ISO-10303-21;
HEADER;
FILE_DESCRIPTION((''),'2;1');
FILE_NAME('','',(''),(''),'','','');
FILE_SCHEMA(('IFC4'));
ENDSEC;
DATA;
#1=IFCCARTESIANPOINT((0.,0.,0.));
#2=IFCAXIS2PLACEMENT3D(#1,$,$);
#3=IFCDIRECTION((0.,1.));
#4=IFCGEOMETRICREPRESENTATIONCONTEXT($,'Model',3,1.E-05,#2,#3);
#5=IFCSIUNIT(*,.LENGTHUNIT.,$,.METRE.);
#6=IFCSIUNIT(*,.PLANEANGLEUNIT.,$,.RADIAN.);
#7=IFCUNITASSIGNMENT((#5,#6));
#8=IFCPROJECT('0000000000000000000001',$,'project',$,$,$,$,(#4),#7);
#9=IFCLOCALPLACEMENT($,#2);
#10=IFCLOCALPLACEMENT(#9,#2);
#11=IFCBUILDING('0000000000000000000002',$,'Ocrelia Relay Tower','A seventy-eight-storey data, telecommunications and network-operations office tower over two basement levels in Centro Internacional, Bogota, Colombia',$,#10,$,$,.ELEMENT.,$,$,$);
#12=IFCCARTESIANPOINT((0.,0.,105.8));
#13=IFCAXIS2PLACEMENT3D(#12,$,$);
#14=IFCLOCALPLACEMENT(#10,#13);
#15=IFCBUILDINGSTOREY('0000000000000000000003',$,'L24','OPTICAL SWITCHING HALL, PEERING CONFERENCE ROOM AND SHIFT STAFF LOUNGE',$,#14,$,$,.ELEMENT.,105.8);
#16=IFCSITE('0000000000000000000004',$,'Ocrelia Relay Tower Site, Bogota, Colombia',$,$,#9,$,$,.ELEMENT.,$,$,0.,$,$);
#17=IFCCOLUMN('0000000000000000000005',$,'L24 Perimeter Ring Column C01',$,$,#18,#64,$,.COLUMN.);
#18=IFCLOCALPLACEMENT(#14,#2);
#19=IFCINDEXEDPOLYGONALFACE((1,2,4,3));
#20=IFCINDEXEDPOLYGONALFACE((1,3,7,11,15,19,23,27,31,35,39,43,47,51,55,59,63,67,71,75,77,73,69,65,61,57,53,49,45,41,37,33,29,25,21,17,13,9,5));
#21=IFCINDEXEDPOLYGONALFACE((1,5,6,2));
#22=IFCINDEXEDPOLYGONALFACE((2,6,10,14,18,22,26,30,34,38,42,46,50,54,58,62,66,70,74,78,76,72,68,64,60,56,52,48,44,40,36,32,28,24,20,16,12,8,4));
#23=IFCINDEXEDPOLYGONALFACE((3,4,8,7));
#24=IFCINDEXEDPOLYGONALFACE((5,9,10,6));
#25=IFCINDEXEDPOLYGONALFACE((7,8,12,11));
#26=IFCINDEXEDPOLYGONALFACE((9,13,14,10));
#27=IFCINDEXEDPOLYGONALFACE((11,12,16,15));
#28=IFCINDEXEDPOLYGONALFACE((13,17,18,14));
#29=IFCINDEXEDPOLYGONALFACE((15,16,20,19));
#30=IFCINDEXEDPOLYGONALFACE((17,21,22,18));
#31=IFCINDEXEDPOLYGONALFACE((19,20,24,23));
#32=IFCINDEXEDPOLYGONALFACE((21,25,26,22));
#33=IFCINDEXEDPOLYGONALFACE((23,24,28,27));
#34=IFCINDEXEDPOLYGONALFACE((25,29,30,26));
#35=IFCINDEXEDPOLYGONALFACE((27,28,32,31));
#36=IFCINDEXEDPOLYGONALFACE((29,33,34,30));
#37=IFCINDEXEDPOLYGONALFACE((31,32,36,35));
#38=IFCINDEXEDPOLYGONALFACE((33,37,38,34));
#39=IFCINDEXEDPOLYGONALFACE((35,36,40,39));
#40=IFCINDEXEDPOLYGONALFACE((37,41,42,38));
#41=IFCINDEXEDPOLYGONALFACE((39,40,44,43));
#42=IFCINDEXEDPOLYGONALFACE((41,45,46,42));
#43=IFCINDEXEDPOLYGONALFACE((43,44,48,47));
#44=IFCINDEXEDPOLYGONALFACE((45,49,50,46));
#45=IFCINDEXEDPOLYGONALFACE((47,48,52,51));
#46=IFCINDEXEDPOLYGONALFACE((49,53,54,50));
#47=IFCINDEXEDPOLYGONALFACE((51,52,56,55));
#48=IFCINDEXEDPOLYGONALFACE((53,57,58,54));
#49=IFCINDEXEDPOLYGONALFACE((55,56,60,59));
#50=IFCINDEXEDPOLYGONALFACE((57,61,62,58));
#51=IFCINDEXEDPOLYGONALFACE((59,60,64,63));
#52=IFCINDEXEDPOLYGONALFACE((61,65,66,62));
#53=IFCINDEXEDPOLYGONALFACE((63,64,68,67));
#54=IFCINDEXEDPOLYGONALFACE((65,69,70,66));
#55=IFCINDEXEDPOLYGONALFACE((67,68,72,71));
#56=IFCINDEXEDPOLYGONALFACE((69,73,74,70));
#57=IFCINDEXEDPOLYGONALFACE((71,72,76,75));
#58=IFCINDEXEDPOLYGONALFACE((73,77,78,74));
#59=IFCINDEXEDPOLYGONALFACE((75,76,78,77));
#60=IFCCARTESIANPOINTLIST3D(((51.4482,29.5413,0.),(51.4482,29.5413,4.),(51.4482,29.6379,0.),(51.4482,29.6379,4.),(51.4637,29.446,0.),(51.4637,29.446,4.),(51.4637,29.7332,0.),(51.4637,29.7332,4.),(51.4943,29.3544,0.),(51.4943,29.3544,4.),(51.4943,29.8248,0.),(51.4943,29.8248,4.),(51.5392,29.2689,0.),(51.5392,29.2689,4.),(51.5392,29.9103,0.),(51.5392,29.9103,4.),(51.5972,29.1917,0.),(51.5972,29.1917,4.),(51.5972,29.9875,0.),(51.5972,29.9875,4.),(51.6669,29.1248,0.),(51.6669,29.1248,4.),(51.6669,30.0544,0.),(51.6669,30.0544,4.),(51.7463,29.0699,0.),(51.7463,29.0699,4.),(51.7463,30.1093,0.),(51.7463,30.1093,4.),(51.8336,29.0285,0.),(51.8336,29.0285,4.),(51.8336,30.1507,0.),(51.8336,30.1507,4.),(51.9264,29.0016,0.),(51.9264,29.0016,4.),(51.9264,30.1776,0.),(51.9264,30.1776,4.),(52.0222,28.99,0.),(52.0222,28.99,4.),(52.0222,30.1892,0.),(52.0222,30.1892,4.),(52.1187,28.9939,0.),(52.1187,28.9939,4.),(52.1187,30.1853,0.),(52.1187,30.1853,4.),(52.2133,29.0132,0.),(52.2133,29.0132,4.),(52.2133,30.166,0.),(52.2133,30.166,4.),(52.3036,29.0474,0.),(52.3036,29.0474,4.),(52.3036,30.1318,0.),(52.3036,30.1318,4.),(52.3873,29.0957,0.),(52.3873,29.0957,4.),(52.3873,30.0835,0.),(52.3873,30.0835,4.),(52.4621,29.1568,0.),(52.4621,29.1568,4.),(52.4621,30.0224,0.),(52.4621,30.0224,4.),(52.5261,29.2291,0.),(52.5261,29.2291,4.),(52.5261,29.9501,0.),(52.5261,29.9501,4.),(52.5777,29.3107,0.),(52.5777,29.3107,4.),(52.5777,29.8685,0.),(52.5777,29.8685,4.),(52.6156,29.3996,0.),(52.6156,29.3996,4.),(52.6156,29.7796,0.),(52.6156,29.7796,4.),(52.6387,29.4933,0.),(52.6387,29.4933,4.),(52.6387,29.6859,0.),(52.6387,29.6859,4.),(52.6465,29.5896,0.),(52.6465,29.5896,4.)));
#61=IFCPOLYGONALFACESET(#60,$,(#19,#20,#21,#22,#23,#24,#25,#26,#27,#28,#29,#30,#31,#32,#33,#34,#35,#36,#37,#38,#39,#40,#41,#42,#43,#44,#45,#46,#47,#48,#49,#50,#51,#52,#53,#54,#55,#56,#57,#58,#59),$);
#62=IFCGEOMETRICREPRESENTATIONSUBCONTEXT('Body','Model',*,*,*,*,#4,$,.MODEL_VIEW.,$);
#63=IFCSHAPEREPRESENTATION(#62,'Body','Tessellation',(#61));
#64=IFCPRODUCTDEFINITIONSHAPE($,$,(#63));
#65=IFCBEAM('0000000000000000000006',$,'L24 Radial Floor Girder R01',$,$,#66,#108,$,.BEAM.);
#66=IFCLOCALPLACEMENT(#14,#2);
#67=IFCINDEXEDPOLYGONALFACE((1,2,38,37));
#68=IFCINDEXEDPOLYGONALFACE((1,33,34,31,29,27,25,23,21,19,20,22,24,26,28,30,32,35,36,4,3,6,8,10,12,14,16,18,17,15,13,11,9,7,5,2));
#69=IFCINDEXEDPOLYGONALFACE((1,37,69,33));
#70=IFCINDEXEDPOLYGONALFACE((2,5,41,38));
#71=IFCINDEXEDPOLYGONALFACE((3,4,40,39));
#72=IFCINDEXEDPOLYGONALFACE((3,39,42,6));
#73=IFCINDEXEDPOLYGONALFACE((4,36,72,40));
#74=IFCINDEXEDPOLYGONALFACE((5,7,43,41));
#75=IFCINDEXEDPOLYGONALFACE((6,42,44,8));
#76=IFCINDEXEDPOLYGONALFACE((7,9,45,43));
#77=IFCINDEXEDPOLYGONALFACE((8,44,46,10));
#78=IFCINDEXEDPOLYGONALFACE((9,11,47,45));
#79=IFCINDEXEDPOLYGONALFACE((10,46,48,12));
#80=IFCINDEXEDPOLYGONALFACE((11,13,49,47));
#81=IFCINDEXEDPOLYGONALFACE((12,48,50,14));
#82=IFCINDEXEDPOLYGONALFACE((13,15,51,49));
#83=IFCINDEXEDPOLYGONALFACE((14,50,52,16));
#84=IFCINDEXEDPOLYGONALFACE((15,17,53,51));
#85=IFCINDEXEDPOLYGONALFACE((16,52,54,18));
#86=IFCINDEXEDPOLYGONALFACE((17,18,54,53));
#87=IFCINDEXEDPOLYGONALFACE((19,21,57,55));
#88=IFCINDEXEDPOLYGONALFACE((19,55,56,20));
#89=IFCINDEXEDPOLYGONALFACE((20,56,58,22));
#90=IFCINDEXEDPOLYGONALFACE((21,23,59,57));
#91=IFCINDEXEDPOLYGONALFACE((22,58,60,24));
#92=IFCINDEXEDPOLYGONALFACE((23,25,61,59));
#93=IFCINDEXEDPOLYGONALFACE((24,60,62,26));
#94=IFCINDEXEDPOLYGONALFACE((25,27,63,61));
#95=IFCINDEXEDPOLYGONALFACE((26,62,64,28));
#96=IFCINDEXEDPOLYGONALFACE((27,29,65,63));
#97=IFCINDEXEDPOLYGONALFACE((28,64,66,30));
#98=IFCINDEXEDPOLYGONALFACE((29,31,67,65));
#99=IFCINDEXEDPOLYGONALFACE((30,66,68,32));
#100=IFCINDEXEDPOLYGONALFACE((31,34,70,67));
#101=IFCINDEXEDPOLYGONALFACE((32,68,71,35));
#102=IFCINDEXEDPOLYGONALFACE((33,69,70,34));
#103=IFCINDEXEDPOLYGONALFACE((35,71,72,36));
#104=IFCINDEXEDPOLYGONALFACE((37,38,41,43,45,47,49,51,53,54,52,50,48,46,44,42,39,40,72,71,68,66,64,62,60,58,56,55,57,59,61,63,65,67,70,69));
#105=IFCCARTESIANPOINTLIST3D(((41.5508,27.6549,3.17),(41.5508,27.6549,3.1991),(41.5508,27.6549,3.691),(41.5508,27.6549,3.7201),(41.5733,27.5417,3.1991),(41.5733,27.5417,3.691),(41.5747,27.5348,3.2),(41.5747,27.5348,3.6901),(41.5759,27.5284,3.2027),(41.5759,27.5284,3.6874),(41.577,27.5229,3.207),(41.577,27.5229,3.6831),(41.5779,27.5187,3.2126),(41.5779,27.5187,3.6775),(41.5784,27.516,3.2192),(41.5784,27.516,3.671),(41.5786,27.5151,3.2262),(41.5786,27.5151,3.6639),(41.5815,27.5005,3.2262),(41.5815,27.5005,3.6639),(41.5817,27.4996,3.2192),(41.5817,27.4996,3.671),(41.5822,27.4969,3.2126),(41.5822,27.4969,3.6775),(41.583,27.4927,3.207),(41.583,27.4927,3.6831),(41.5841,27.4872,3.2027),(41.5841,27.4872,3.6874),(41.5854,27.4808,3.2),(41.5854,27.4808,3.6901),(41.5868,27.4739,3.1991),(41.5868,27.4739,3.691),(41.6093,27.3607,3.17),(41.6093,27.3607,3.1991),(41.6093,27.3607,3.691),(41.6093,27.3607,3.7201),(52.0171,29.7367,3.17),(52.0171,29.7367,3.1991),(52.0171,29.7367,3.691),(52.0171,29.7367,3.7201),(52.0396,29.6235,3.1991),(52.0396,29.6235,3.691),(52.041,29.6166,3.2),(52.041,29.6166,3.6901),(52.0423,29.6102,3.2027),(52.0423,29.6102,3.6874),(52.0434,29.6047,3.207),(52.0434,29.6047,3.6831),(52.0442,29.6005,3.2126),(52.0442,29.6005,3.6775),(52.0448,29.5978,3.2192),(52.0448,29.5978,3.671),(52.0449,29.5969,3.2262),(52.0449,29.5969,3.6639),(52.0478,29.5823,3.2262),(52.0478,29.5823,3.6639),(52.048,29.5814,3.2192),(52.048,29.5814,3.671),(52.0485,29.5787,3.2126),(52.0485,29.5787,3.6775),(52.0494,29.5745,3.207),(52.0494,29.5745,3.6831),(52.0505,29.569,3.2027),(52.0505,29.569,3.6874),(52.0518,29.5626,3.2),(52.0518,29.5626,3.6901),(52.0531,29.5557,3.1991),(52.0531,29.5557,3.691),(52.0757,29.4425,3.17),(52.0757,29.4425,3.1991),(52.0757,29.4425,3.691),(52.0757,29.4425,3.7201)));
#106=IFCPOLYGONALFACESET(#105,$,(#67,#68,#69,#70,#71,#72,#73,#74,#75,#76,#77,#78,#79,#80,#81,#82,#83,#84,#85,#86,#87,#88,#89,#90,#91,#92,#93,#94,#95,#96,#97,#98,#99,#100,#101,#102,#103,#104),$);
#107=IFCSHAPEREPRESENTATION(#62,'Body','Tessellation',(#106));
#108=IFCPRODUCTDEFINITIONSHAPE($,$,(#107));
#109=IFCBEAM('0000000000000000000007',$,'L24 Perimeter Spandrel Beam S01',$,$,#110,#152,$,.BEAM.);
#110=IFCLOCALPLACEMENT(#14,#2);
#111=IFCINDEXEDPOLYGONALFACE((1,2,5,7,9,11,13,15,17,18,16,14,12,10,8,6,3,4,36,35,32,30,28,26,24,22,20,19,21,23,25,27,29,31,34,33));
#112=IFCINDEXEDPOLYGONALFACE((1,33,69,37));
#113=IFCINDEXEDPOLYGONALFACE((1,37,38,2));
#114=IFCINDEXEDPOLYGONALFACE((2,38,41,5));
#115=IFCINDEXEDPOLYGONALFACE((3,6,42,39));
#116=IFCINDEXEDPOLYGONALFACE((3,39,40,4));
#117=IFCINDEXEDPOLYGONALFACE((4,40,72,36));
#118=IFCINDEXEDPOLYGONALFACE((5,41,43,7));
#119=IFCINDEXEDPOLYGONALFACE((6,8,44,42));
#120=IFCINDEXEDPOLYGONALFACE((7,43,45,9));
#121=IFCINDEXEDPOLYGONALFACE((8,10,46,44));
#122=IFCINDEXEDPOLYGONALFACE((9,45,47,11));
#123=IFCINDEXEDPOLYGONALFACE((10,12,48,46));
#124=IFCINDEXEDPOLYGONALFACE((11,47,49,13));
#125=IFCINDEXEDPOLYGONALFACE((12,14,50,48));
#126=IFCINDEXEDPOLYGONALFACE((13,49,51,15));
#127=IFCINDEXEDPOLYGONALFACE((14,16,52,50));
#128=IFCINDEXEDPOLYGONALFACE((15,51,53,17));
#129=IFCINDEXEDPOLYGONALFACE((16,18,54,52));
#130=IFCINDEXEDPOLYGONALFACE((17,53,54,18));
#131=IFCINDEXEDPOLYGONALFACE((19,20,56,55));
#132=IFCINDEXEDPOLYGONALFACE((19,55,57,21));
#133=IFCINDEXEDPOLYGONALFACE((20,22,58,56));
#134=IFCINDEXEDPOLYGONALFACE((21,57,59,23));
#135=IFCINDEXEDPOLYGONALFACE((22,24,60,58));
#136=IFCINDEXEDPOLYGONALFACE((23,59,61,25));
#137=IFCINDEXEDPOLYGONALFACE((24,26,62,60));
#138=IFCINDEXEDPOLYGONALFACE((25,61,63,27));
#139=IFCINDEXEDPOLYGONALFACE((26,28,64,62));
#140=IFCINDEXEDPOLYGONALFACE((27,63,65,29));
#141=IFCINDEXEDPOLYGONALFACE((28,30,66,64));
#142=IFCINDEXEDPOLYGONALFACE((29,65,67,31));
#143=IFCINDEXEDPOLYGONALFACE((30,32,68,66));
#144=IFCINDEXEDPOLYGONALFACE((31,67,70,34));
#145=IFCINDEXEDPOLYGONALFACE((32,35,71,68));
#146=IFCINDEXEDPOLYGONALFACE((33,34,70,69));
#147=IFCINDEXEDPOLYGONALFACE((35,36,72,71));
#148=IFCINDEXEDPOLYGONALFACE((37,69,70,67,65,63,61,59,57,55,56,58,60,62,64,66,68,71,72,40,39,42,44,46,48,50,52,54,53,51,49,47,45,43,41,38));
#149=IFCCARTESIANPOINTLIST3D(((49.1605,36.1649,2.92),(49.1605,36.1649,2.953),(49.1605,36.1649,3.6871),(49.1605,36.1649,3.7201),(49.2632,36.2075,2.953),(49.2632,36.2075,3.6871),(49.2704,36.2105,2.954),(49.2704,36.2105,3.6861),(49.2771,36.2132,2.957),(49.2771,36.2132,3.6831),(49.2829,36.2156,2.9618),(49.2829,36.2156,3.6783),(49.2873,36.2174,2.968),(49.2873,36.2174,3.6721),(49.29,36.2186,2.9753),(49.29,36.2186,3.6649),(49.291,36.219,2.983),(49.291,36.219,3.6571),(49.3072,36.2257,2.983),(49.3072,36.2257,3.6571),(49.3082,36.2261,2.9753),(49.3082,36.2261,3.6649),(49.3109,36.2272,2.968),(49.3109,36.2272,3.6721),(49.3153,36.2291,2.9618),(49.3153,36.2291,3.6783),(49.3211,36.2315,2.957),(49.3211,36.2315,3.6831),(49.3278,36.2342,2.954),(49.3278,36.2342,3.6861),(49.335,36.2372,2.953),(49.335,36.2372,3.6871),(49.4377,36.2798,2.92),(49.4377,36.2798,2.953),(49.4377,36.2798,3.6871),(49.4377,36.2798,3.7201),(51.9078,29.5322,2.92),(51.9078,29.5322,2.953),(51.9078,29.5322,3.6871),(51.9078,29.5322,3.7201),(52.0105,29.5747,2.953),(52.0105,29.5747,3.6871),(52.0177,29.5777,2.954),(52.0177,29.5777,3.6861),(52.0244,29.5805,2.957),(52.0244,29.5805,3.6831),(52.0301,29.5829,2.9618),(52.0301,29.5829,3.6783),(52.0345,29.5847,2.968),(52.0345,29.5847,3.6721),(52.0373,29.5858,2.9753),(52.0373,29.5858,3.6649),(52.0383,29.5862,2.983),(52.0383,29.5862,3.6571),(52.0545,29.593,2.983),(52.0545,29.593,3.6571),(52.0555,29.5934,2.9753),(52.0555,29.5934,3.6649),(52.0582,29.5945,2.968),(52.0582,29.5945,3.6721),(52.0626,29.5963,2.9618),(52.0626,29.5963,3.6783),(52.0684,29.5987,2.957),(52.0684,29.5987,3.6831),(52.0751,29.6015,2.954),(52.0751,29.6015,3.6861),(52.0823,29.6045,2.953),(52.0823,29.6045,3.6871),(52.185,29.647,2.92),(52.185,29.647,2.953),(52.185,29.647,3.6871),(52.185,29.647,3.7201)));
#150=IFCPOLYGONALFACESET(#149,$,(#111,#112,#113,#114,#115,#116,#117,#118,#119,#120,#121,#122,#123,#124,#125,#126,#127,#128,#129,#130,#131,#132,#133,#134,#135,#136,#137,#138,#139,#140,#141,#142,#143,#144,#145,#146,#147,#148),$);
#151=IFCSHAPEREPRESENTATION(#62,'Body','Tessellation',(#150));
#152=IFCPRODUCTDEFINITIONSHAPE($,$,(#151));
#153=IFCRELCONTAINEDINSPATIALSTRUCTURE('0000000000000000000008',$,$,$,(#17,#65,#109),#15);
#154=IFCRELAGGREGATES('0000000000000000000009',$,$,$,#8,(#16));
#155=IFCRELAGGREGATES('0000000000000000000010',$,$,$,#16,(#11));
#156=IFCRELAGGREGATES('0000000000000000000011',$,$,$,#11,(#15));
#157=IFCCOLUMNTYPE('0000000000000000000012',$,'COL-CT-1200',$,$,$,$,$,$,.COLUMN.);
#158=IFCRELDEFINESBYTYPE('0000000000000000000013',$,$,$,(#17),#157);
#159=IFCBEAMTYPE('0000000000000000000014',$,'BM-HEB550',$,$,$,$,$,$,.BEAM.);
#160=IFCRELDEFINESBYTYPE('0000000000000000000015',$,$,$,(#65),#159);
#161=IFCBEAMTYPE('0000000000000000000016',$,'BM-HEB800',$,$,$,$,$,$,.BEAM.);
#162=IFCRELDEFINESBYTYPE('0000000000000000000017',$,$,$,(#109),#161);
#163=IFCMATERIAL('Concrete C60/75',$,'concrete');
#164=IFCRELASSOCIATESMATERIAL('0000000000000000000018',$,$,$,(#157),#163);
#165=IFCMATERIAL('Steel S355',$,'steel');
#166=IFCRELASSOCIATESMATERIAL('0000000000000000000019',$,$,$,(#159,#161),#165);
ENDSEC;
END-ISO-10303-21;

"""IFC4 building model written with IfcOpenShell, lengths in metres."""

from ifc_helpers import new_model, si_unit, direction, frame, origin, origin_2d, place, context, subcontext, project, spatial, circle, i_section, extrude, material, material_profile, profile_set, type_object, element, save


model = new_model("IFC4")

# Units and contexts
model_context = context("Model", 3, precision=1e-05, world=origin(), true_north=direction((0.0, 1.0)))
body_context = subcontext(model_context, "Body", "Model", "MODEL_VIEW")
ifc_project = project(units=[si_unit("LENGTHUNIT", "METRE"), si_unit("PLANEANGLEUNIT", "RADIAN")], contexts=[model_context])

# Site, building, storey
site_placement = place(None, origin())
site = spatial("IfcSite", under=ifc_project, at=site_placement, Name="Ocrelia Relay Tower Site, Bogota, Colombia", CompositionType="ELEMENT", RefElevation=0.0)
building_placement = place(site_placement, origin())
building = spatial("IfcBuilding", under=site, at=building_placement, Name="Ocrelia Relay Tower", Description="A seventy-eight-storey data, telecommunications and network-operations office tower over two basement levels in Centro Internacional, Bogota, Colombia", CompositionType="ELEMENT")
storey_placement = place(building_placement, frame((0.0, 0.0, 105.8)))
storey = spatial("IfcBuildingStorey", under=building, at=storey_placement, Name="L24", Description="OPTICAL SWITCHING HALL, PEERING CONFERENCE ROOM AND SHIFT STAFF LOUNGE", CompositionType="ELEMENT", Elevation=105.8)

# Column
ifc_material_1 = material(Name="Concrete C60/75", Category="concrete")
ifc_material_profile_1 = material_profile(ifc_material_1, circle(Radius=0.6001, at=origin_2d()), Name="RC-CIR-1200")
ifc_profile_set_1 = profile_set([ifc_material_profile_1], Name="Concrete C60/75")
column_type = type_object("IfcColumnType", Name="COL-CT-1200", PredefinedType="COLUMN", material=ifc_profile_set_1)
column_placement = place(storey_placement, frame((52.0464, 29.5896, 0.0), z_axis=(0.0, 0.0, 1.0), x_axis=(1.0, 0.0, 0.0)))
element("IfcColumn", 1, at=column_placement, inside=storey, type_object=column_type, Name="L24 Perimeter Ring Column C01", PredefinedType="COLUMN", context=body_context, shape_type="SweptSolid", body=[
    extrude(circle(Radius=0.6001, at=origin_2d()), origin(), (0.0, 0.0, 1.0), 4.0),
])

# Beams
ifc_material_2 = material(Name="Steel S355", Category="steel")
ifc_material_profile_2 = material_profile(ifc_material_2, i_section(OverallWidth=0.3, OverallDepth=0.55, WebThickness=0.0149, FlangeThickness=0.0291, FilletRadius=0.0271, at=origin_2d()), Name="HEB 550")
ifc_profile_set_2 = profile_set([ifc_material_profile_2], Name="Steel S355")
beam_type_1 = type_object("IfcBeamType", Name="BM-HEB550", PredefinedType="BEAM", material=ifc_profile_set_2)
beam_1_placement = place(storey_placement, frame((52.0464, 29.5896, 3.4451), z_axis=(-0.980787, -0.195082, 0.0), x_axis=(0.195082, -0.980787, 0.0)))
element("IfcBeam", 2, at=beam_1_placement, inside=storey, type_object=beam_type_1, Name="L24 Radial Floor Girder R01", PredefinedType="BEAM", context=body_context, shape_type="SweptSolid", body=[
    extrude(i_section(OverallWidth=0.3, OverallDepth=0.55, WebThickness=0.0149, FlangeThickness=0.0291, FilletRadius=0.0271, at=origin_2d()), origin(), (0.0, 0.0, 1.0), 10.6714),
])
ifc_material_profile_3 = material_profile(ifc_material_2, i_section(OverallWidth=0.3, OverallDepth=0.8, WebThickness=0.0176, FlangeThickness=0.033, FilletRadius=0.03, at=origin_2d()), Name="HEB 800")
ifc_profile_set_3 = profile_set([ifc_material_profile_3], Name="Steel S355")
beam_type_2 = type_object("IfcBeamType", Name="BM-HEB800", PredefinedType="BEAM", material=ifc_profile_set_3)
beam_2_placement = place(storey_placement, frame((52.0464, 29.5896, 3.3201), z_axis=(-0.382673, 0.923884, 0.0), x_axis=(-0.923884, -0.382673, 0.0)))
element("IfcBeam", 3, at=beam_2_placement, inside=storey, type_object=beam_type_2, Name="L24 Perimeter Spandrel Beam S01", PredefinedType="BEAM", context=body_context, shape_type="SweptSolid", body=[
    extrude(i_section(OverallWidth=0.3, OverallDepth=0.8, WebThickness=0.0176, FlangeThickness=0.033, FilletRadius=0.03, at=origin_2d()), origin(), (0.0, 0.0, 1.0), 7.1792),
])

save(model, "model.ifc")
